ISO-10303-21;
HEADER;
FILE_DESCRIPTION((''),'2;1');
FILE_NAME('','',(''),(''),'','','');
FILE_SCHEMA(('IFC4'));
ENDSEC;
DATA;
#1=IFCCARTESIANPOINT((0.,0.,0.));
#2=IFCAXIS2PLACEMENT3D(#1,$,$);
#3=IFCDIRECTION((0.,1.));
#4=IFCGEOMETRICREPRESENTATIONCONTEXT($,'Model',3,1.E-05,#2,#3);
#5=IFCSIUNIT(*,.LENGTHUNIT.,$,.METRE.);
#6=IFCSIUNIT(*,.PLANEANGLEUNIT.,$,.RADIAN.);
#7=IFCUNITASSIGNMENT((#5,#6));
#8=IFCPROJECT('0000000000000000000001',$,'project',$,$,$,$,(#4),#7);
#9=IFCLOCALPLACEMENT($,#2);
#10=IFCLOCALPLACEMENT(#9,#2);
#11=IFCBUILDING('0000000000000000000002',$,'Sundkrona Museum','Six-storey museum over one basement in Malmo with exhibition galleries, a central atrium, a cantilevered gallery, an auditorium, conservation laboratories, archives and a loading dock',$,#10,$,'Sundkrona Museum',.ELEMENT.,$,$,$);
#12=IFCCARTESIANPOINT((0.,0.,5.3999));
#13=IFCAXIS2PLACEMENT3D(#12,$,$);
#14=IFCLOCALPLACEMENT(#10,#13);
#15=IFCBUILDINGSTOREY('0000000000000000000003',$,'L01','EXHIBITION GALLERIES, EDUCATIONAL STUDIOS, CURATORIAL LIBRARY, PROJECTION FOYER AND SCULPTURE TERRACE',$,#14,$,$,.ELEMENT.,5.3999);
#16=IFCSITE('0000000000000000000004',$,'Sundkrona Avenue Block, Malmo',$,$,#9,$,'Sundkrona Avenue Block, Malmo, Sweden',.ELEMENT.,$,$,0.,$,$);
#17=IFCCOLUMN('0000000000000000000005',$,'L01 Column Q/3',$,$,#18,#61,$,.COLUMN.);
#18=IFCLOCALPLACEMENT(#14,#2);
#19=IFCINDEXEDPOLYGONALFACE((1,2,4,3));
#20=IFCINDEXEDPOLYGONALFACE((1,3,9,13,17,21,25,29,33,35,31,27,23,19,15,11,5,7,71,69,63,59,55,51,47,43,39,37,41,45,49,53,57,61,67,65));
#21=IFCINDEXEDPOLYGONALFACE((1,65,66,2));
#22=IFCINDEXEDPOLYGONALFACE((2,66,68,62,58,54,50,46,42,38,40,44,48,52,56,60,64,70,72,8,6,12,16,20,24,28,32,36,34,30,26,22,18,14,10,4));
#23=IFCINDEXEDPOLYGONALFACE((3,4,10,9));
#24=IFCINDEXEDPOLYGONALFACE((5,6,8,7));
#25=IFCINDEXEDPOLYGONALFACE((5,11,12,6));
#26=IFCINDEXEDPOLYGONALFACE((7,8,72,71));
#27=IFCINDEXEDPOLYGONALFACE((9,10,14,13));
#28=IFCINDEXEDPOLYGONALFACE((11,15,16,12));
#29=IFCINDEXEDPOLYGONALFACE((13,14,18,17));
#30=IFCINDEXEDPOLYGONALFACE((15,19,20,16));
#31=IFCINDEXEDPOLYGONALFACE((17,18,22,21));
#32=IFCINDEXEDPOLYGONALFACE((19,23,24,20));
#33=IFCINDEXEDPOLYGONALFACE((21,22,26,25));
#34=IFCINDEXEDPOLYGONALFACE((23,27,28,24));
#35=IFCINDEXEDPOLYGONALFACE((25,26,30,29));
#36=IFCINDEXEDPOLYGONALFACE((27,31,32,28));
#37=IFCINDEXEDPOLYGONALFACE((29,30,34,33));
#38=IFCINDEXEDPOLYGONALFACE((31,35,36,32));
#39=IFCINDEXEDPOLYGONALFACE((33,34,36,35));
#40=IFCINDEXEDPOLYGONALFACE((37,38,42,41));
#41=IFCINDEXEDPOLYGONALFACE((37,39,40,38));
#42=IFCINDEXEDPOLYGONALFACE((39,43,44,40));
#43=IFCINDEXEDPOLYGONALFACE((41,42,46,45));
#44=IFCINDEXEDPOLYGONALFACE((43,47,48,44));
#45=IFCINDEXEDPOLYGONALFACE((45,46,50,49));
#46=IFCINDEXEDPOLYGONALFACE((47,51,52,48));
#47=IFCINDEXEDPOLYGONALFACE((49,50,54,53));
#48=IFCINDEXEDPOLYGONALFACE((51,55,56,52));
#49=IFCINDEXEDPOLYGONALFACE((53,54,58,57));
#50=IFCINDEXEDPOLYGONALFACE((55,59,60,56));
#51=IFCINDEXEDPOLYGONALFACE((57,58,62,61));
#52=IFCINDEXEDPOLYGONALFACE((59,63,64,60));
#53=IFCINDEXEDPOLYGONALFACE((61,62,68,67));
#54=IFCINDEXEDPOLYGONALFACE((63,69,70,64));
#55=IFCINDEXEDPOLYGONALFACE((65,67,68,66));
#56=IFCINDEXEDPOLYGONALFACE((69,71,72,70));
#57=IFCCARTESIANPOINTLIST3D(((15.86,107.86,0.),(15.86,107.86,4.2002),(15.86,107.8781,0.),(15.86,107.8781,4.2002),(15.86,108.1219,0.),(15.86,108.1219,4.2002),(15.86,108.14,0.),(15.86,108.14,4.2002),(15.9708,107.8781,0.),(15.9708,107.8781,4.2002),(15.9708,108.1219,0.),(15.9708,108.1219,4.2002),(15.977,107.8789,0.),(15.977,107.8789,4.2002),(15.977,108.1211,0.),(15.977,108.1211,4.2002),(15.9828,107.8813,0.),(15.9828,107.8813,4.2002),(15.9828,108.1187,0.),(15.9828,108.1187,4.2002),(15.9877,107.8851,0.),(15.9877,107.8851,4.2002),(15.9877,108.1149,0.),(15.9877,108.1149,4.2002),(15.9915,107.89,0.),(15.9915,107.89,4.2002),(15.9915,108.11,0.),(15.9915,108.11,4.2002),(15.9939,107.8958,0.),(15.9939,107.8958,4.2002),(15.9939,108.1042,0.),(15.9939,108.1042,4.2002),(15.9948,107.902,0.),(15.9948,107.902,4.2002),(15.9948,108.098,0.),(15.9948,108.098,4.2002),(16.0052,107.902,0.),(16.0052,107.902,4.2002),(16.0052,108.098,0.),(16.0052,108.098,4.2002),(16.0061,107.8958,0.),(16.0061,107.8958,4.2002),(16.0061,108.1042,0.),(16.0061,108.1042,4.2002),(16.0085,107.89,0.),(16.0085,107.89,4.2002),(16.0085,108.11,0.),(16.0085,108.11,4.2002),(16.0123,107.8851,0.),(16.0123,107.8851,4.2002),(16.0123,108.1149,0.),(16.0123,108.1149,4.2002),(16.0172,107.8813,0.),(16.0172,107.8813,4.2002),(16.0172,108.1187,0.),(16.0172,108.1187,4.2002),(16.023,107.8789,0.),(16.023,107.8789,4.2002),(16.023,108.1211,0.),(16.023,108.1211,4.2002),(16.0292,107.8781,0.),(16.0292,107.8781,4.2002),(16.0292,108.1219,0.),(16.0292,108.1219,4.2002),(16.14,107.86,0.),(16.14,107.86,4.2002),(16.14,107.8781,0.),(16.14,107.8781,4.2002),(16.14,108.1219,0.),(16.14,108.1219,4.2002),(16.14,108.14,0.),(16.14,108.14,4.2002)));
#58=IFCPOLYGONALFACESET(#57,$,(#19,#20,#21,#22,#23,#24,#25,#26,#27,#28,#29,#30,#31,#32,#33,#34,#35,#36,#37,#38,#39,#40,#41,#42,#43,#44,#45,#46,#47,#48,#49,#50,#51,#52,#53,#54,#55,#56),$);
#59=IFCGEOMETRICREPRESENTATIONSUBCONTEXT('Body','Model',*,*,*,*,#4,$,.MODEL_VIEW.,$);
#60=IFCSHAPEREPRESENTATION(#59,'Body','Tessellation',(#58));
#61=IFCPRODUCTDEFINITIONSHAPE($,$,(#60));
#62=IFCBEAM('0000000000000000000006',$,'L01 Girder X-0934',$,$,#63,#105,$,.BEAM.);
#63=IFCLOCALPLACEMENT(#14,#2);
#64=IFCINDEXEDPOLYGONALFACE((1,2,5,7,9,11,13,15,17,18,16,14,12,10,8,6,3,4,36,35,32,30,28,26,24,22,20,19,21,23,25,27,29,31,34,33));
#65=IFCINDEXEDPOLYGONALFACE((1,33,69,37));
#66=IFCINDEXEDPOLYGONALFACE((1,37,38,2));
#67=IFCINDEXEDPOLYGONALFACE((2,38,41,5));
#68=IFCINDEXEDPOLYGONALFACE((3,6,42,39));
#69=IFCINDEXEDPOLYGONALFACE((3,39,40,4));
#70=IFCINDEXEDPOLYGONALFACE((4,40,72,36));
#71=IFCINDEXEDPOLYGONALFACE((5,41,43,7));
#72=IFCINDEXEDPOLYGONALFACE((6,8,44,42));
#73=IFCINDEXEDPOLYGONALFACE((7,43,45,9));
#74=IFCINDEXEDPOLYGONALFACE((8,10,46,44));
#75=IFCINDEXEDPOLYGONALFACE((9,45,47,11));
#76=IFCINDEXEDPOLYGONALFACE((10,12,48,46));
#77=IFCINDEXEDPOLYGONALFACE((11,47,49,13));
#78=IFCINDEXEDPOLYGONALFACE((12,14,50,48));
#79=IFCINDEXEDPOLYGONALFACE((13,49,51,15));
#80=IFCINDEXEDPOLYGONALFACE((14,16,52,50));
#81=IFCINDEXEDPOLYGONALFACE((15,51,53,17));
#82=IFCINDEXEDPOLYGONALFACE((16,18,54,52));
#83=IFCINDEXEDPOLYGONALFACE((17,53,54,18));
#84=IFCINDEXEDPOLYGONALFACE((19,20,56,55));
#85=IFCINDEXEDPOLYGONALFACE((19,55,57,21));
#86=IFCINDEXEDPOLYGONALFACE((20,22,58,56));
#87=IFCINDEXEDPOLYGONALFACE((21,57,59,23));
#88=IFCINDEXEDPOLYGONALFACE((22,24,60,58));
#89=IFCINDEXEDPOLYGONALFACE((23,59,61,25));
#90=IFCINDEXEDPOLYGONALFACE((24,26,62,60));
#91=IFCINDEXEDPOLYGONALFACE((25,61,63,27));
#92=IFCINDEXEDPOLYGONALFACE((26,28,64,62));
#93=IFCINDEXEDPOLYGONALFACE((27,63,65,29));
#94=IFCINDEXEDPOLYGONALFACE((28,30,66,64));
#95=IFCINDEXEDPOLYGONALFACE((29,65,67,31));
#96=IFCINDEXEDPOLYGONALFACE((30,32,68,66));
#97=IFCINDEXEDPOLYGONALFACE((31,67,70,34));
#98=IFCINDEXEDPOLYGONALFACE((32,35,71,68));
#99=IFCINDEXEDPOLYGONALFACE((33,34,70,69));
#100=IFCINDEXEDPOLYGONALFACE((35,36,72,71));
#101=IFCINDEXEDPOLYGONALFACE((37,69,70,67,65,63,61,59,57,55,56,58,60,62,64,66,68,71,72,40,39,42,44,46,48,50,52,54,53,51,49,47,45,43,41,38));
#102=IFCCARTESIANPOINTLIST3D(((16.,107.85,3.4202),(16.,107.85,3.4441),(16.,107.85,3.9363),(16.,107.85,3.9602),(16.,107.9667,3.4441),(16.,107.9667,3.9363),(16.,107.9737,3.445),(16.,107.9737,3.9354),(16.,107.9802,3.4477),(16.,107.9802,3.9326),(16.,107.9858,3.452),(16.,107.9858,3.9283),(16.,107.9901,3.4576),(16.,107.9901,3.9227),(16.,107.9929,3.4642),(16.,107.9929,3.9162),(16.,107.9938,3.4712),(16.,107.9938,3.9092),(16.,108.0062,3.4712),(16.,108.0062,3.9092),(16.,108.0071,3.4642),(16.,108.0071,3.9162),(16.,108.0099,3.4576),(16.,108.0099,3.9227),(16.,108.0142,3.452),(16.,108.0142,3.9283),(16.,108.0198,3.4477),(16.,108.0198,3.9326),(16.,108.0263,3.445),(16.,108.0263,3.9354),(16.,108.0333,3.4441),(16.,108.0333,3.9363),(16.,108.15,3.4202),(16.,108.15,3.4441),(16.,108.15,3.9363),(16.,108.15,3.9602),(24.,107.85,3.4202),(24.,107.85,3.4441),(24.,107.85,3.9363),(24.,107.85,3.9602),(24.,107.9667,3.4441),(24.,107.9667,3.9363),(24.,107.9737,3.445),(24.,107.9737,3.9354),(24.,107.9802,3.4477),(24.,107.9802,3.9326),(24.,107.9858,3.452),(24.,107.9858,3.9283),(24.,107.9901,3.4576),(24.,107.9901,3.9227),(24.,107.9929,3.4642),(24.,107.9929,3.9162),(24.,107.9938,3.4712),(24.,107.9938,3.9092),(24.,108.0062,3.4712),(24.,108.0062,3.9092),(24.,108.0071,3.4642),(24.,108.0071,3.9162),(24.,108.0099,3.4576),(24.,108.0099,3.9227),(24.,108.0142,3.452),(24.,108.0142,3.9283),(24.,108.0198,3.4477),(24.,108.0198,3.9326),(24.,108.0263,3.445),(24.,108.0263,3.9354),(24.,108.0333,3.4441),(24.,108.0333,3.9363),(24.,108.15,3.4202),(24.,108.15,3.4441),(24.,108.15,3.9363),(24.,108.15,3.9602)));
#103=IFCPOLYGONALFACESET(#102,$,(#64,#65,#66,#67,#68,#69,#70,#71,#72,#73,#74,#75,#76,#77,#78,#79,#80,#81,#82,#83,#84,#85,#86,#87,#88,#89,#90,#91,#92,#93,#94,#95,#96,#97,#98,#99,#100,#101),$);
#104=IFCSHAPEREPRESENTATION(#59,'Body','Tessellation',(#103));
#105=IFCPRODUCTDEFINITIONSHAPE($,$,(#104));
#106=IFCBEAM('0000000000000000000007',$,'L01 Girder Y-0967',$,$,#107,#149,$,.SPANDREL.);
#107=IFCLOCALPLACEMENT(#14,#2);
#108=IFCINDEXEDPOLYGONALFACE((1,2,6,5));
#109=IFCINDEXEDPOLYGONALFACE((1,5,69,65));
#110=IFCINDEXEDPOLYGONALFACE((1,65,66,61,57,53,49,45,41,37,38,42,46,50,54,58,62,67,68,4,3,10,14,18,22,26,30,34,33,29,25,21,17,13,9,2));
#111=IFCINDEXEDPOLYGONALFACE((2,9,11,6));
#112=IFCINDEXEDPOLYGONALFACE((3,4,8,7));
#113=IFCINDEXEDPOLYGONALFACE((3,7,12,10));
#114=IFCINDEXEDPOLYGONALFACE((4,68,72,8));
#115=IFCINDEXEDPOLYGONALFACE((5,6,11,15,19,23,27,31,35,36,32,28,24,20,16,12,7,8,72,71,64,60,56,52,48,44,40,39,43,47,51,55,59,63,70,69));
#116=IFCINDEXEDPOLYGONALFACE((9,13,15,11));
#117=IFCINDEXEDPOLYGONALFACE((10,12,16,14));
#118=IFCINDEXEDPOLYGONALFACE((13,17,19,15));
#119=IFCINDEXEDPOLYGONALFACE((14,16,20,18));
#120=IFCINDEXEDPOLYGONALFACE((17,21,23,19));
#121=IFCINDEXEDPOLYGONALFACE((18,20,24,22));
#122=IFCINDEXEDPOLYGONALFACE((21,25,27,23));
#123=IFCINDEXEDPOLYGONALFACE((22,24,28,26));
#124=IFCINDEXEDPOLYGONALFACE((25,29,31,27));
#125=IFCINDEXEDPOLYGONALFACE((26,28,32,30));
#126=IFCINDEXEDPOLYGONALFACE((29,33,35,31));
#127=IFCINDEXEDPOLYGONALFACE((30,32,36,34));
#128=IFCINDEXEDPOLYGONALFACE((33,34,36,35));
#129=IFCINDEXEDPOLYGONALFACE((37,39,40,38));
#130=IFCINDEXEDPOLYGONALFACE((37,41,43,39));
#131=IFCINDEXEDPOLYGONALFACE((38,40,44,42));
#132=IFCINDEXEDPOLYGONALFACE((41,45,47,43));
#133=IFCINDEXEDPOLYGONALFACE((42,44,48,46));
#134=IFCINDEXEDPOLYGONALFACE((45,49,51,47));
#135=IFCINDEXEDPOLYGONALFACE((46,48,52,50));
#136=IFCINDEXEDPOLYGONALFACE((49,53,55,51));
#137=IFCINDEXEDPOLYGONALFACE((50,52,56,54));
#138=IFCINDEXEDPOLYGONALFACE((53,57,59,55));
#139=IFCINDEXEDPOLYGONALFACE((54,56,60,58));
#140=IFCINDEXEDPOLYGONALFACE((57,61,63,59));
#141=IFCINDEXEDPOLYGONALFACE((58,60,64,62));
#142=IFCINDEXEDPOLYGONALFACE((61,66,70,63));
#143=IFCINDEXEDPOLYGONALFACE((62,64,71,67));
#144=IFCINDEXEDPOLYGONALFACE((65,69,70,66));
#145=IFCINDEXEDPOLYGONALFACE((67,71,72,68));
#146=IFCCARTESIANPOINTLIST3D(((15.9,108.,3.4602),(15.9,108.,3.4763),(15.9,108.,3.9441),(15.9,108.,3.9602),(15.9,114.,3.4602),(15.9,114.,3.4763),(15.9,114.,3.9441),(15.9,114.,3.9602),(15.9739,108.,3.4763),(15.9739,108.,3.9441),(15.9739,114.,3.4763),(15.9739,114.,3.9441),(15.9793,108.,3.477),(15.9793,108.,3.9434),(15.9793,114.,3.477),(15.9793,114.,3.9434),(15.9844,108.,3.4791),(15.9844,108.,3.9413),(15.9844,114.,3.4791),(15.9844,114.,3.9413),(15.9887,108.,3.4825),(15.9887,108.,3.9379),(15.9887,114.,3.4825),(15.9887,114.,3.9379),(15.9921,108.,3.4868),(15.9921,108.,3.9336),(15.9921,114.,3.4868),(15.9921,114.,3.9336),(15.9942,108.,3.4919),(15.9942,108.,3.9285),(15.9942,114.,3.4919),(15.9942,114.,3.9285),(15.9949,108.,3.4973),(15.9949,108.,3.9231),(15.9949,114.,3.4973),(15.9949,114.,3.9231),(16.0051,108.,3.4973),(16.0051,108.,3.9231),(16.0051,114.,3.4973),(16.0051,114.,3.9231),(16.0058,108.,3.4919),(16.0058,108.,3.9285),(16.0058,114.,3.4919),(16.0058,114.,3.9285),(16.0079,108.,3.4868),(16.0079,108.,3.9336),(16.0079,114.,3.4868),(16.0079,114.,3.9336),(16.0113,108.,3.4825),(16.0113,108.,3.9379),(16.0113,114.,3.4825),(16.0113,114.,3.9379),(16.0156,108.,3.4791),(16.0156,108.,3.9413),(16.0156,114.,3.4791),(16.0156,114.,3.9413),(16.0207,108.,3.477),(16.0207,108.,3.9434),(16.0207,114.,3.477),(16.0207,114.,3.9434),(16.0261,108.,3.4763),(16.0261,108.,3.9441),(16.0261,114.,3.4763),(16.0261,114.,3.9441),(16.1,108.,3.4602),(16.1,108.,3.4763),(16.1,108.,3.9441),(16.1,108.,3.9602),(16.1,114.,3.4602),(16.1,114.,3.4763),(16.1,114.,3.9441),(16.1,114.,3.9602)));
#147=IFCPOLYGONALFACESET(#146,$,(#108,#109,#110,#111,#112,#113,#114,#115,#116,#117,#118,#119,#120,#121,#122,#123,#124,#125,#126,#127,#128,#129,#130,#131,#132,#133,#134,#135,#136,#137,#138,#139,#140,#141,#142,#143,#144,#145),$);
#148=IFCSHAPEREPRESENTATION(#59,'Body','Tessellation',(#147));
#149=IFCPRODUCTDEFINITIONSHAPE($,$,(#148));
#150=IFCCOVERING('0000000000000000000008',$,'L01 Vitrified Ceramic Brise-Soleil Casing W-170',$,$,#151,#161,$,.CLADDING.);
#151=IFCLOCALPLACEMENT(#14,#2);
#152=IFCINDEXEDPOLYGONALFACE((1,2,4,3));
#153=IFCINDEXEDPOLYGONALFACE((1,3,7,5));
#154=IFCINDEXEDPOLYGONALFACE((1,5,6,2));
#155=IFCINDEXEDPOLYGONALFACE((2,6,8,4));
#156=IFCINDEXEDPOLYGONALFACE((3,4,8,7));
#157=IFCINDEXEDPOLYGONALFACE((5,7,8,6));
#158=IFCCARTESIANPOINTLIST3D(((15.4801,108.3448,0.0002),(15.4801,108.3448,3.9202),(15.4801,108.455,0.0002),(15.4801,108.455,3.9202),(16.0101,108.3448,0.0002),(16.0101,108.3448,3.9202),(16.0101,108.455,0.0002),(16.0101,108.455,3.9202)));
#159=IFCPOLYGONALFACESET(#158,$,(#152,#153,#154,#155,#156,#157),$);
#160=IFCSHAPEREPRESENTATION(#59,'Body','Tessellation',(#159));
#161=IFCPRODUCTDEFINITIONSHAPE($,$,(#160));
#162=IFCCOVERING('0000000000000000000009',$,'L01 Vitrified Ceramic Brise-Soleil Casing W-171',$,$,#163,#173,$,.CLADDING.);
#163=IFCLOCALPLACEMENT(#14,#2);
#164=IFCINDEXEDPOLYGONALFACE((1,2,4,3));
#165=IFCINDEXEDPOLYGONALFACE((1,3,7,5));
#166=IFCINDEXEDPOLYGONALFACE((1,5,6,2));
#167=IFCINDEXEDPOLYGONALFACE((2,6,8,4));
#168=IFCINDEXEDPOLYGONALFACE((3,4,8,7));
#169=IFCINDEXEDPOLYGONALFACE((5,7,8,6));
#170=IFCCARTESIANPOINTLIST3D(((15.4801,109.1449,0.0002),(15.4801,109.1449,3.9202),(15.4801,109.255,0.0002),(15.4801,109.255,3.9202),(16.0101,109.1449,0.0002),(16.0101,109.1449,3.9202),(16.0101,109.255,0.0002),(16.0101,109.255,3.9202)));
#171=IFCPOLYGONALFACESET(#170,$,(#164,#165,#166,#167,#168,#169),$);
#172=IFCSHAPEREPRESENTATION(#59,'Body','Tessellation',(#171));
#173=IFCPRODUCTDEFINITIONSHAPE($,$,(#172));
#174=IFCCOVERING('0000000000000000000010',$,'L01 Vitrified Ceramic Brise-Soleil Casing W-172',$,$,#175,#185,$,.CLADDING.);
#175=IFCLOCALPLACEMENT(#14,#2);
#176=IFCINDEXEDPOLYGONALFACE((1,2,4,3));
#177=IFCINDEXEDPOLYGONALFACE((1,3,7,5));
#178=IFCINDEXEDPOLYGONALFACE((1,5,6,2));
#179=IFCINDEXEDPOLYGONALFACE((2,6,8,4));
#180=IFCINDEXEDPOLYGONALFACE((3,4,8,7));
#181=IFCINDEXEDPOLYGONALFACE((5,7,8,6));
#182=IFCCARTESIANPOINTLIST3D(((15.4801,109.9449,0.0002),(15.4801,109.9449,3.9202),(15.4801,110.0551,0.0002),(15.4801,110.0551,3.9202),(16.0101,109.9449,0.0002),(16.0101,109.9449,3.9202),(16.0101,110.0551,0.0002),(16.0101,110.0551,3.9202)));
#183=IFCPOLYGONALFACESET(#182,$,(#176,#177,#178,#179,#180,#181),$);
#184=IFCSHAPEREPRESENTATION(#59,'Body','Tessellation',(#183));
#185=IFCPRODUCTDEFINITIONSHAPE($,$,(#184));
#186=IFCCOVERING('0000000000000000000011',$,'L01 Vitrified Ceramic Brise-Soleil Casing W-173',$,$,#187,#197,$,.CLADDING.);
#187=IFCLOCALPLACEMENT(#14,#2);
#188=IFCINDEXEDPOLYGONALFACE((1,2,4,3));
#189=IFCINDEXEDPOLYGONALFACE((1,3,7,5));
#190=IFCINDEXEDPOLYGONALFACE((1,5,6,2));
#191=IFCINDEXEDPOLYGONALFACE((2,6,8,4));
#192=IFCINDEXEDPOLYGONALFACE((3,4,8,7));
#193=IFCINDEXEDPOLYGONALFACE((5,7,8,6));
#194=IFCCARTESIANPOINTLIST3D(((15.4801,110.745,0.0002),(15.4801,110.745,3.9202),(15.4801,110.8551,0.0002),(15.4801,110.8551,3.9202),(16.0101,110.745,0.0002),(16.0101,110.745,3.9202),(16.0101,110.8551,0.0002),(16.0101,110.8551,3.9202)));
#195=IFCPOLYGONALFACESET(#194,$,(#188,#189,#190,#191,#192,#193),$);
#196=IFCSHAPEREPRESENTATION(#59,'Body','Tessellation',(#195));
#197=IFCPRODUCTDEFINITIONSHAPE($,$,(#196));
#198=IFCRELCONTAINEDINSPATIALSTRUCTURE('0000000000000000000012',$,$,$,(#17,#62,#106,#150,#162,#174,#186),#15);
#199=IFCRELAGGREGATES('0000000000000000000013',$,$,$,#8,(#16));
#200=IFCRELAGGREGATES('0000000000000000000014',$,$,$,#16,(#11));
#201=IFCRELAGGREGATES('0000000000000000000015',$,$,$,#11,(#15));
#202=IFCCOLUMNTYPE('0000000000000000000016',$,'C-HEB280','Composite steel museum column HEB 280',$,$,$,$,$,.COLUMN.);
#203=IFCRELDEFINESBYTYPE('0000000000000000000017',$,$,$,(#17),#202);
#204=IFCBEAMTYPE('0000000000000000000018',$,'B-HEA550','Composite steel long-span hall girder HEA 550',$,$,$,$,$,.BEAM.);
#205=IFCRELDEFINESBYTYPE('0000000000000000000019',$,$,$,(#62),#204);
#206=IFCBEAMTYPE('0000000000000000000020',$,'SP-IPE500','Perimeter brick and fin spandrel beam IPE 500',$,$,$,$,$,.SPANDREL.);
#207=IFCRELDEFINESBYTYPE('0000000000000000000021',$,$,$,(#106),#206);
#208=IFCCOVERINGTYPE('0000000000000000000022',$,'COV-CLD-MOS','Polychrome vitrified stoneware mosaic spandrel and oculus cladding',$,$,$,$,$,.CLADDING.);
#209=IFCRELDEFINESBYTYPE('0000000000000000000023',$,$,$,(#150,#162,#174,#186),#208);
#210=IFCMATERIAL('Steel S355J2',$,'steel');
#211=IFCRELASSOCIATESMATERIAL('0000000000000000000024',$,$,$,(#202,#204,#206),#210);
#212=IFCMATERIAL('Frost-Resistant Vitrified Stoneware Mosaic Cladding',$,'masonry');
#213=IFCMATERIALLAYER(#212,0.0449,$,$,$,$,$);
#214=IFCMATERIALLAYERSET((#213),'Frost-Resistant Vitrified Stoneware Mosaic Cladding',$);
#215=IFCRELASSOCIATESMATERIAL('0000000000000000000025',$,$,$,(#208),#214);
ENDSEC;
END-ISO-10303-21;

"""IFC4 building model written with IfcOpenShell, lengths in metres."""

from ifc_helpers import new_model, si_unit, direction, frame, origin, origin_2d, place, context, subcontext, project, spatial, rectangle, i_section, extrude, material, layer, layer_set, material_profile, profile_set, type_object, element, save


model = new_model("IFC4")

# Units and contexts
model_context = context("Model", 3, precision=1e-05, world=origin(), true_north=direction((0.0, 1.0)))
body_context = subcontext(model_context, "Body", "Model", "MODEL_VIEW")
ifc_project = project(units=[si_unit("LENGTHUNIT", "METRE"), si_unit("PLANEANGLEUNIT", "RADIAN")], contexts=[model_context])

# Site, building, storey
site_placement = place(None, origin())
site = spatial("IfcSite", under=ifc_project, at=site_placement, Name="Sundkrona Avenue Block, Malmo", LongName="Sundkrona Avenue Block, Malmo, Sweden", CompositionType="ELEMENT", RefElevation=0.0)
building_placement = place(site_placement, origin())
building = spatial("IfcBuilding", under=site, at=building_placement, Name="Sundkrona Museum", Description="Six-storey museum over one basement in Malmo with exhibition galleries, a central atrium, a cantilevered gallery, an auditorium, conservation laboratories, archives and a loading dock", LongName="Sundkrona Museum", CompositionType="ELEMENT")
storey_placement = place(building_placement, frame((0.0, 0.0, 5.3999)))
storey = spatial("IfcBuildingStorey", under=building, at=storey_placement, Name="L01", Description="EXHIBITION GALLERIES, EDUCATIONAL STUDIOS, CURATORIAL LIBRARY, PROJECTION FOYER AND SCULPTURE TERRACE", CompositionType="ELEMENT", Elevation=5.3999)

# Column
ifc_material_1 = material(Name="Steel S355J2", Category="steel")
ifc_material_profile_1 = material_profile(ifc_material_1, i_section(OverallWidth=0.28, OverallDepth=0.28, WebThickness=0.0105, FlangeThickness=0.0181, FilletRadius=0.0239, at=origin_2d()), Name="HEB 280")
ifc_profile_set_1 = profile_set([ifc_material_profile_1], Name="Steel S355J2")
column_type = type_object("IfcColumnType", Name="C-HEB280", Description="Composite steel museum column HEB 280", PredefinedType="COLUMN", material=ifc_profile_set_1)
column_placement = place(storey_placement, frame((16.0, 108.0, 0.0), z_axis=(0.0, 0.0, 1.0), x_axis=(1.0, 0.0, 0.0)))
element("IfcColumn", 1, at=column_placement, inside=storey, type_object=column_type, Name="L01 Column Q/3", PredefinedType="COLUMN", context=body_context, shape_type="SweptSolid", body=[
    extrude(i_section(OverallWidth=0.28, OverallDepth=0.28, WebThickness=0.0105, FlangeThickness=0.0181, FilletRadius=0.0239, at=origin_2d()), origin(), (0.0, 0.0, 1.0), 4.2002),
])

# Beams
ifc_material_profile_2 = material_profile(ifc_material_1, i_section(OverallWidth=0.3, OverallDepth=0.54, WebThickness=0.0125, FlangeThickness=0.0239, FilletRadius=0.0271, at=origin_2d()), Name="HEA 550")
ifc_profile_set_2 = profile_set([ifc_material_profile_2], Name="Steel S355J2")
beam_type_1 = type_object("IfcBeamType", Name="B-HEA550", Description="Composite steel long-span hall girder HEA 550", PredefinedType="BEAM", material=ifc_profile_set_2)
beam_1_placement = place(storey_placement, frame((16.0, 108.0, 3.6902), z_axis=(1.0, 0.0, 0.0), x_axis=(0.0, 1.0, 0.0)))
element("IfcBeam", 2, at=beam_1_placement, inside=storey, type_object=beam_type_1, Name="L01 Girder X-0934", PredefinedType="BEAM", context=body_context, shape_type="SweptSolid", body=[
    extrude(i_section(OverallWidth=0.3, OverallDepth=0.54, WebThickness=0.0125, FlangeThickness=0.0239, FilletRadius=0.0271, at=origin_2d()), origin(), (0.0, 0.0, 1.0), 8.0),
])
ifc_material_profile_3 = material_profile(ifc_material_1, i_section(OverallWidth=0.2, OverallDepth=0.5, WebThickness=0.0103, FlangeThickness=0.0161, FilletRadius=0.021, at=origin_2d()), Name="IPE 500")
ifc_profile_set_3 = profile_set([ifc_material_profile_3], Name="Steel S355J2")
beam_type_2 = type_object("IfcBeamType", Name="SP-IPE500", Description="Perimeter brick and fin spandrel beam IPE 500", PredefinedType="SPANDREL", material=ifc_profile_set_3)
beam_2_placement = place(storey_placement, frame((16.0, 108.0, 3.7102), z_axis=(0.0, 1.0, 0.0), x_axis=(-1.0, 0.0, 0.0)))
element("IfcBeam", 3, at=beam_2_placement, inside=storey, type_object=beam_type_2, Name="L01 Girder Y-0967", PredefinedType="SPANDREL", context=body_context, shape_type="SweptSolid", body=[
    extrude(i_section(OverallWidth=0.2, OverallDepth=0.5, WebThickness=0.0103, FlangeThickness=0.0161, FilletRadius=0.021, at=origin_2d()), origin(), (0.0, 0.0, 1.0), 6.0),
])

# Coverings
ifc_material_2 = material(Name="Frost-Resistant Vitrified Stoneware Mosaic Cladding", Category="masonry")
ifc_layer_1 = layer(ifc_material_2, 0.0449)
ifc_layer_set_1 = layer_set([ifc_layer_1], Name="Frost-Resistant Vitrified Stoneware Mosaic Cladding")
covering_type = type_object("IfcCoveringType", Name="COV-CLD-MOS", Description="Polychrome vitrified stoneware mosaic spandrel and oculus cladding", PredefinedType="CLADDING", material=ifc_layer_set_1)
for number, where, z_axis, x_axis, name in (
    (4, (15.7451, 108.3999, 0.0002), (0.0, 0.0, 1.0), (1.0, 0.0, 0.0), "L01 Vitrified Ceramic Brise-Soleil Casing W-170"),
    (5, (15.7451, 109.2, 0.0002), (0.0, 0.0, 1.0), (1.0, 0.0, 0.0), "L01 Vitrified Ceramic Brise-Soleil Casing W-171"),
    (6, (15.7451, 110.0, 0.0002), (0.0, 0.0, 1.0), (1.0, 0.0, 0.0), "L01 Vitrified Ceramic Brise-Soleil Casing W-172"),
    (7, (15.7451, 110.8, 0.0002), (0.0, 0.0, 1.0), (1.0, 0.0, 0.0), "L01 Vitrified Ceramic Brise-Soleil Casing W-173"),
):
    element("IfcCovering", number, at=place(storey_placement, frame(where, z_axis=z_axis, x_axis=x_axis)), inside=storey, type_object=covering_type, Name=name, PredefinedType="CLADDING", context=body_context, shape_type="SweptSolid", body=[
        extrude(rectangle(XDim=0.53, YDim=0.1101, at=origin_2d()), origin(), (0.0, 0.0, 1.0), 3.9199),
    ])

save(model, "model.ifc")
